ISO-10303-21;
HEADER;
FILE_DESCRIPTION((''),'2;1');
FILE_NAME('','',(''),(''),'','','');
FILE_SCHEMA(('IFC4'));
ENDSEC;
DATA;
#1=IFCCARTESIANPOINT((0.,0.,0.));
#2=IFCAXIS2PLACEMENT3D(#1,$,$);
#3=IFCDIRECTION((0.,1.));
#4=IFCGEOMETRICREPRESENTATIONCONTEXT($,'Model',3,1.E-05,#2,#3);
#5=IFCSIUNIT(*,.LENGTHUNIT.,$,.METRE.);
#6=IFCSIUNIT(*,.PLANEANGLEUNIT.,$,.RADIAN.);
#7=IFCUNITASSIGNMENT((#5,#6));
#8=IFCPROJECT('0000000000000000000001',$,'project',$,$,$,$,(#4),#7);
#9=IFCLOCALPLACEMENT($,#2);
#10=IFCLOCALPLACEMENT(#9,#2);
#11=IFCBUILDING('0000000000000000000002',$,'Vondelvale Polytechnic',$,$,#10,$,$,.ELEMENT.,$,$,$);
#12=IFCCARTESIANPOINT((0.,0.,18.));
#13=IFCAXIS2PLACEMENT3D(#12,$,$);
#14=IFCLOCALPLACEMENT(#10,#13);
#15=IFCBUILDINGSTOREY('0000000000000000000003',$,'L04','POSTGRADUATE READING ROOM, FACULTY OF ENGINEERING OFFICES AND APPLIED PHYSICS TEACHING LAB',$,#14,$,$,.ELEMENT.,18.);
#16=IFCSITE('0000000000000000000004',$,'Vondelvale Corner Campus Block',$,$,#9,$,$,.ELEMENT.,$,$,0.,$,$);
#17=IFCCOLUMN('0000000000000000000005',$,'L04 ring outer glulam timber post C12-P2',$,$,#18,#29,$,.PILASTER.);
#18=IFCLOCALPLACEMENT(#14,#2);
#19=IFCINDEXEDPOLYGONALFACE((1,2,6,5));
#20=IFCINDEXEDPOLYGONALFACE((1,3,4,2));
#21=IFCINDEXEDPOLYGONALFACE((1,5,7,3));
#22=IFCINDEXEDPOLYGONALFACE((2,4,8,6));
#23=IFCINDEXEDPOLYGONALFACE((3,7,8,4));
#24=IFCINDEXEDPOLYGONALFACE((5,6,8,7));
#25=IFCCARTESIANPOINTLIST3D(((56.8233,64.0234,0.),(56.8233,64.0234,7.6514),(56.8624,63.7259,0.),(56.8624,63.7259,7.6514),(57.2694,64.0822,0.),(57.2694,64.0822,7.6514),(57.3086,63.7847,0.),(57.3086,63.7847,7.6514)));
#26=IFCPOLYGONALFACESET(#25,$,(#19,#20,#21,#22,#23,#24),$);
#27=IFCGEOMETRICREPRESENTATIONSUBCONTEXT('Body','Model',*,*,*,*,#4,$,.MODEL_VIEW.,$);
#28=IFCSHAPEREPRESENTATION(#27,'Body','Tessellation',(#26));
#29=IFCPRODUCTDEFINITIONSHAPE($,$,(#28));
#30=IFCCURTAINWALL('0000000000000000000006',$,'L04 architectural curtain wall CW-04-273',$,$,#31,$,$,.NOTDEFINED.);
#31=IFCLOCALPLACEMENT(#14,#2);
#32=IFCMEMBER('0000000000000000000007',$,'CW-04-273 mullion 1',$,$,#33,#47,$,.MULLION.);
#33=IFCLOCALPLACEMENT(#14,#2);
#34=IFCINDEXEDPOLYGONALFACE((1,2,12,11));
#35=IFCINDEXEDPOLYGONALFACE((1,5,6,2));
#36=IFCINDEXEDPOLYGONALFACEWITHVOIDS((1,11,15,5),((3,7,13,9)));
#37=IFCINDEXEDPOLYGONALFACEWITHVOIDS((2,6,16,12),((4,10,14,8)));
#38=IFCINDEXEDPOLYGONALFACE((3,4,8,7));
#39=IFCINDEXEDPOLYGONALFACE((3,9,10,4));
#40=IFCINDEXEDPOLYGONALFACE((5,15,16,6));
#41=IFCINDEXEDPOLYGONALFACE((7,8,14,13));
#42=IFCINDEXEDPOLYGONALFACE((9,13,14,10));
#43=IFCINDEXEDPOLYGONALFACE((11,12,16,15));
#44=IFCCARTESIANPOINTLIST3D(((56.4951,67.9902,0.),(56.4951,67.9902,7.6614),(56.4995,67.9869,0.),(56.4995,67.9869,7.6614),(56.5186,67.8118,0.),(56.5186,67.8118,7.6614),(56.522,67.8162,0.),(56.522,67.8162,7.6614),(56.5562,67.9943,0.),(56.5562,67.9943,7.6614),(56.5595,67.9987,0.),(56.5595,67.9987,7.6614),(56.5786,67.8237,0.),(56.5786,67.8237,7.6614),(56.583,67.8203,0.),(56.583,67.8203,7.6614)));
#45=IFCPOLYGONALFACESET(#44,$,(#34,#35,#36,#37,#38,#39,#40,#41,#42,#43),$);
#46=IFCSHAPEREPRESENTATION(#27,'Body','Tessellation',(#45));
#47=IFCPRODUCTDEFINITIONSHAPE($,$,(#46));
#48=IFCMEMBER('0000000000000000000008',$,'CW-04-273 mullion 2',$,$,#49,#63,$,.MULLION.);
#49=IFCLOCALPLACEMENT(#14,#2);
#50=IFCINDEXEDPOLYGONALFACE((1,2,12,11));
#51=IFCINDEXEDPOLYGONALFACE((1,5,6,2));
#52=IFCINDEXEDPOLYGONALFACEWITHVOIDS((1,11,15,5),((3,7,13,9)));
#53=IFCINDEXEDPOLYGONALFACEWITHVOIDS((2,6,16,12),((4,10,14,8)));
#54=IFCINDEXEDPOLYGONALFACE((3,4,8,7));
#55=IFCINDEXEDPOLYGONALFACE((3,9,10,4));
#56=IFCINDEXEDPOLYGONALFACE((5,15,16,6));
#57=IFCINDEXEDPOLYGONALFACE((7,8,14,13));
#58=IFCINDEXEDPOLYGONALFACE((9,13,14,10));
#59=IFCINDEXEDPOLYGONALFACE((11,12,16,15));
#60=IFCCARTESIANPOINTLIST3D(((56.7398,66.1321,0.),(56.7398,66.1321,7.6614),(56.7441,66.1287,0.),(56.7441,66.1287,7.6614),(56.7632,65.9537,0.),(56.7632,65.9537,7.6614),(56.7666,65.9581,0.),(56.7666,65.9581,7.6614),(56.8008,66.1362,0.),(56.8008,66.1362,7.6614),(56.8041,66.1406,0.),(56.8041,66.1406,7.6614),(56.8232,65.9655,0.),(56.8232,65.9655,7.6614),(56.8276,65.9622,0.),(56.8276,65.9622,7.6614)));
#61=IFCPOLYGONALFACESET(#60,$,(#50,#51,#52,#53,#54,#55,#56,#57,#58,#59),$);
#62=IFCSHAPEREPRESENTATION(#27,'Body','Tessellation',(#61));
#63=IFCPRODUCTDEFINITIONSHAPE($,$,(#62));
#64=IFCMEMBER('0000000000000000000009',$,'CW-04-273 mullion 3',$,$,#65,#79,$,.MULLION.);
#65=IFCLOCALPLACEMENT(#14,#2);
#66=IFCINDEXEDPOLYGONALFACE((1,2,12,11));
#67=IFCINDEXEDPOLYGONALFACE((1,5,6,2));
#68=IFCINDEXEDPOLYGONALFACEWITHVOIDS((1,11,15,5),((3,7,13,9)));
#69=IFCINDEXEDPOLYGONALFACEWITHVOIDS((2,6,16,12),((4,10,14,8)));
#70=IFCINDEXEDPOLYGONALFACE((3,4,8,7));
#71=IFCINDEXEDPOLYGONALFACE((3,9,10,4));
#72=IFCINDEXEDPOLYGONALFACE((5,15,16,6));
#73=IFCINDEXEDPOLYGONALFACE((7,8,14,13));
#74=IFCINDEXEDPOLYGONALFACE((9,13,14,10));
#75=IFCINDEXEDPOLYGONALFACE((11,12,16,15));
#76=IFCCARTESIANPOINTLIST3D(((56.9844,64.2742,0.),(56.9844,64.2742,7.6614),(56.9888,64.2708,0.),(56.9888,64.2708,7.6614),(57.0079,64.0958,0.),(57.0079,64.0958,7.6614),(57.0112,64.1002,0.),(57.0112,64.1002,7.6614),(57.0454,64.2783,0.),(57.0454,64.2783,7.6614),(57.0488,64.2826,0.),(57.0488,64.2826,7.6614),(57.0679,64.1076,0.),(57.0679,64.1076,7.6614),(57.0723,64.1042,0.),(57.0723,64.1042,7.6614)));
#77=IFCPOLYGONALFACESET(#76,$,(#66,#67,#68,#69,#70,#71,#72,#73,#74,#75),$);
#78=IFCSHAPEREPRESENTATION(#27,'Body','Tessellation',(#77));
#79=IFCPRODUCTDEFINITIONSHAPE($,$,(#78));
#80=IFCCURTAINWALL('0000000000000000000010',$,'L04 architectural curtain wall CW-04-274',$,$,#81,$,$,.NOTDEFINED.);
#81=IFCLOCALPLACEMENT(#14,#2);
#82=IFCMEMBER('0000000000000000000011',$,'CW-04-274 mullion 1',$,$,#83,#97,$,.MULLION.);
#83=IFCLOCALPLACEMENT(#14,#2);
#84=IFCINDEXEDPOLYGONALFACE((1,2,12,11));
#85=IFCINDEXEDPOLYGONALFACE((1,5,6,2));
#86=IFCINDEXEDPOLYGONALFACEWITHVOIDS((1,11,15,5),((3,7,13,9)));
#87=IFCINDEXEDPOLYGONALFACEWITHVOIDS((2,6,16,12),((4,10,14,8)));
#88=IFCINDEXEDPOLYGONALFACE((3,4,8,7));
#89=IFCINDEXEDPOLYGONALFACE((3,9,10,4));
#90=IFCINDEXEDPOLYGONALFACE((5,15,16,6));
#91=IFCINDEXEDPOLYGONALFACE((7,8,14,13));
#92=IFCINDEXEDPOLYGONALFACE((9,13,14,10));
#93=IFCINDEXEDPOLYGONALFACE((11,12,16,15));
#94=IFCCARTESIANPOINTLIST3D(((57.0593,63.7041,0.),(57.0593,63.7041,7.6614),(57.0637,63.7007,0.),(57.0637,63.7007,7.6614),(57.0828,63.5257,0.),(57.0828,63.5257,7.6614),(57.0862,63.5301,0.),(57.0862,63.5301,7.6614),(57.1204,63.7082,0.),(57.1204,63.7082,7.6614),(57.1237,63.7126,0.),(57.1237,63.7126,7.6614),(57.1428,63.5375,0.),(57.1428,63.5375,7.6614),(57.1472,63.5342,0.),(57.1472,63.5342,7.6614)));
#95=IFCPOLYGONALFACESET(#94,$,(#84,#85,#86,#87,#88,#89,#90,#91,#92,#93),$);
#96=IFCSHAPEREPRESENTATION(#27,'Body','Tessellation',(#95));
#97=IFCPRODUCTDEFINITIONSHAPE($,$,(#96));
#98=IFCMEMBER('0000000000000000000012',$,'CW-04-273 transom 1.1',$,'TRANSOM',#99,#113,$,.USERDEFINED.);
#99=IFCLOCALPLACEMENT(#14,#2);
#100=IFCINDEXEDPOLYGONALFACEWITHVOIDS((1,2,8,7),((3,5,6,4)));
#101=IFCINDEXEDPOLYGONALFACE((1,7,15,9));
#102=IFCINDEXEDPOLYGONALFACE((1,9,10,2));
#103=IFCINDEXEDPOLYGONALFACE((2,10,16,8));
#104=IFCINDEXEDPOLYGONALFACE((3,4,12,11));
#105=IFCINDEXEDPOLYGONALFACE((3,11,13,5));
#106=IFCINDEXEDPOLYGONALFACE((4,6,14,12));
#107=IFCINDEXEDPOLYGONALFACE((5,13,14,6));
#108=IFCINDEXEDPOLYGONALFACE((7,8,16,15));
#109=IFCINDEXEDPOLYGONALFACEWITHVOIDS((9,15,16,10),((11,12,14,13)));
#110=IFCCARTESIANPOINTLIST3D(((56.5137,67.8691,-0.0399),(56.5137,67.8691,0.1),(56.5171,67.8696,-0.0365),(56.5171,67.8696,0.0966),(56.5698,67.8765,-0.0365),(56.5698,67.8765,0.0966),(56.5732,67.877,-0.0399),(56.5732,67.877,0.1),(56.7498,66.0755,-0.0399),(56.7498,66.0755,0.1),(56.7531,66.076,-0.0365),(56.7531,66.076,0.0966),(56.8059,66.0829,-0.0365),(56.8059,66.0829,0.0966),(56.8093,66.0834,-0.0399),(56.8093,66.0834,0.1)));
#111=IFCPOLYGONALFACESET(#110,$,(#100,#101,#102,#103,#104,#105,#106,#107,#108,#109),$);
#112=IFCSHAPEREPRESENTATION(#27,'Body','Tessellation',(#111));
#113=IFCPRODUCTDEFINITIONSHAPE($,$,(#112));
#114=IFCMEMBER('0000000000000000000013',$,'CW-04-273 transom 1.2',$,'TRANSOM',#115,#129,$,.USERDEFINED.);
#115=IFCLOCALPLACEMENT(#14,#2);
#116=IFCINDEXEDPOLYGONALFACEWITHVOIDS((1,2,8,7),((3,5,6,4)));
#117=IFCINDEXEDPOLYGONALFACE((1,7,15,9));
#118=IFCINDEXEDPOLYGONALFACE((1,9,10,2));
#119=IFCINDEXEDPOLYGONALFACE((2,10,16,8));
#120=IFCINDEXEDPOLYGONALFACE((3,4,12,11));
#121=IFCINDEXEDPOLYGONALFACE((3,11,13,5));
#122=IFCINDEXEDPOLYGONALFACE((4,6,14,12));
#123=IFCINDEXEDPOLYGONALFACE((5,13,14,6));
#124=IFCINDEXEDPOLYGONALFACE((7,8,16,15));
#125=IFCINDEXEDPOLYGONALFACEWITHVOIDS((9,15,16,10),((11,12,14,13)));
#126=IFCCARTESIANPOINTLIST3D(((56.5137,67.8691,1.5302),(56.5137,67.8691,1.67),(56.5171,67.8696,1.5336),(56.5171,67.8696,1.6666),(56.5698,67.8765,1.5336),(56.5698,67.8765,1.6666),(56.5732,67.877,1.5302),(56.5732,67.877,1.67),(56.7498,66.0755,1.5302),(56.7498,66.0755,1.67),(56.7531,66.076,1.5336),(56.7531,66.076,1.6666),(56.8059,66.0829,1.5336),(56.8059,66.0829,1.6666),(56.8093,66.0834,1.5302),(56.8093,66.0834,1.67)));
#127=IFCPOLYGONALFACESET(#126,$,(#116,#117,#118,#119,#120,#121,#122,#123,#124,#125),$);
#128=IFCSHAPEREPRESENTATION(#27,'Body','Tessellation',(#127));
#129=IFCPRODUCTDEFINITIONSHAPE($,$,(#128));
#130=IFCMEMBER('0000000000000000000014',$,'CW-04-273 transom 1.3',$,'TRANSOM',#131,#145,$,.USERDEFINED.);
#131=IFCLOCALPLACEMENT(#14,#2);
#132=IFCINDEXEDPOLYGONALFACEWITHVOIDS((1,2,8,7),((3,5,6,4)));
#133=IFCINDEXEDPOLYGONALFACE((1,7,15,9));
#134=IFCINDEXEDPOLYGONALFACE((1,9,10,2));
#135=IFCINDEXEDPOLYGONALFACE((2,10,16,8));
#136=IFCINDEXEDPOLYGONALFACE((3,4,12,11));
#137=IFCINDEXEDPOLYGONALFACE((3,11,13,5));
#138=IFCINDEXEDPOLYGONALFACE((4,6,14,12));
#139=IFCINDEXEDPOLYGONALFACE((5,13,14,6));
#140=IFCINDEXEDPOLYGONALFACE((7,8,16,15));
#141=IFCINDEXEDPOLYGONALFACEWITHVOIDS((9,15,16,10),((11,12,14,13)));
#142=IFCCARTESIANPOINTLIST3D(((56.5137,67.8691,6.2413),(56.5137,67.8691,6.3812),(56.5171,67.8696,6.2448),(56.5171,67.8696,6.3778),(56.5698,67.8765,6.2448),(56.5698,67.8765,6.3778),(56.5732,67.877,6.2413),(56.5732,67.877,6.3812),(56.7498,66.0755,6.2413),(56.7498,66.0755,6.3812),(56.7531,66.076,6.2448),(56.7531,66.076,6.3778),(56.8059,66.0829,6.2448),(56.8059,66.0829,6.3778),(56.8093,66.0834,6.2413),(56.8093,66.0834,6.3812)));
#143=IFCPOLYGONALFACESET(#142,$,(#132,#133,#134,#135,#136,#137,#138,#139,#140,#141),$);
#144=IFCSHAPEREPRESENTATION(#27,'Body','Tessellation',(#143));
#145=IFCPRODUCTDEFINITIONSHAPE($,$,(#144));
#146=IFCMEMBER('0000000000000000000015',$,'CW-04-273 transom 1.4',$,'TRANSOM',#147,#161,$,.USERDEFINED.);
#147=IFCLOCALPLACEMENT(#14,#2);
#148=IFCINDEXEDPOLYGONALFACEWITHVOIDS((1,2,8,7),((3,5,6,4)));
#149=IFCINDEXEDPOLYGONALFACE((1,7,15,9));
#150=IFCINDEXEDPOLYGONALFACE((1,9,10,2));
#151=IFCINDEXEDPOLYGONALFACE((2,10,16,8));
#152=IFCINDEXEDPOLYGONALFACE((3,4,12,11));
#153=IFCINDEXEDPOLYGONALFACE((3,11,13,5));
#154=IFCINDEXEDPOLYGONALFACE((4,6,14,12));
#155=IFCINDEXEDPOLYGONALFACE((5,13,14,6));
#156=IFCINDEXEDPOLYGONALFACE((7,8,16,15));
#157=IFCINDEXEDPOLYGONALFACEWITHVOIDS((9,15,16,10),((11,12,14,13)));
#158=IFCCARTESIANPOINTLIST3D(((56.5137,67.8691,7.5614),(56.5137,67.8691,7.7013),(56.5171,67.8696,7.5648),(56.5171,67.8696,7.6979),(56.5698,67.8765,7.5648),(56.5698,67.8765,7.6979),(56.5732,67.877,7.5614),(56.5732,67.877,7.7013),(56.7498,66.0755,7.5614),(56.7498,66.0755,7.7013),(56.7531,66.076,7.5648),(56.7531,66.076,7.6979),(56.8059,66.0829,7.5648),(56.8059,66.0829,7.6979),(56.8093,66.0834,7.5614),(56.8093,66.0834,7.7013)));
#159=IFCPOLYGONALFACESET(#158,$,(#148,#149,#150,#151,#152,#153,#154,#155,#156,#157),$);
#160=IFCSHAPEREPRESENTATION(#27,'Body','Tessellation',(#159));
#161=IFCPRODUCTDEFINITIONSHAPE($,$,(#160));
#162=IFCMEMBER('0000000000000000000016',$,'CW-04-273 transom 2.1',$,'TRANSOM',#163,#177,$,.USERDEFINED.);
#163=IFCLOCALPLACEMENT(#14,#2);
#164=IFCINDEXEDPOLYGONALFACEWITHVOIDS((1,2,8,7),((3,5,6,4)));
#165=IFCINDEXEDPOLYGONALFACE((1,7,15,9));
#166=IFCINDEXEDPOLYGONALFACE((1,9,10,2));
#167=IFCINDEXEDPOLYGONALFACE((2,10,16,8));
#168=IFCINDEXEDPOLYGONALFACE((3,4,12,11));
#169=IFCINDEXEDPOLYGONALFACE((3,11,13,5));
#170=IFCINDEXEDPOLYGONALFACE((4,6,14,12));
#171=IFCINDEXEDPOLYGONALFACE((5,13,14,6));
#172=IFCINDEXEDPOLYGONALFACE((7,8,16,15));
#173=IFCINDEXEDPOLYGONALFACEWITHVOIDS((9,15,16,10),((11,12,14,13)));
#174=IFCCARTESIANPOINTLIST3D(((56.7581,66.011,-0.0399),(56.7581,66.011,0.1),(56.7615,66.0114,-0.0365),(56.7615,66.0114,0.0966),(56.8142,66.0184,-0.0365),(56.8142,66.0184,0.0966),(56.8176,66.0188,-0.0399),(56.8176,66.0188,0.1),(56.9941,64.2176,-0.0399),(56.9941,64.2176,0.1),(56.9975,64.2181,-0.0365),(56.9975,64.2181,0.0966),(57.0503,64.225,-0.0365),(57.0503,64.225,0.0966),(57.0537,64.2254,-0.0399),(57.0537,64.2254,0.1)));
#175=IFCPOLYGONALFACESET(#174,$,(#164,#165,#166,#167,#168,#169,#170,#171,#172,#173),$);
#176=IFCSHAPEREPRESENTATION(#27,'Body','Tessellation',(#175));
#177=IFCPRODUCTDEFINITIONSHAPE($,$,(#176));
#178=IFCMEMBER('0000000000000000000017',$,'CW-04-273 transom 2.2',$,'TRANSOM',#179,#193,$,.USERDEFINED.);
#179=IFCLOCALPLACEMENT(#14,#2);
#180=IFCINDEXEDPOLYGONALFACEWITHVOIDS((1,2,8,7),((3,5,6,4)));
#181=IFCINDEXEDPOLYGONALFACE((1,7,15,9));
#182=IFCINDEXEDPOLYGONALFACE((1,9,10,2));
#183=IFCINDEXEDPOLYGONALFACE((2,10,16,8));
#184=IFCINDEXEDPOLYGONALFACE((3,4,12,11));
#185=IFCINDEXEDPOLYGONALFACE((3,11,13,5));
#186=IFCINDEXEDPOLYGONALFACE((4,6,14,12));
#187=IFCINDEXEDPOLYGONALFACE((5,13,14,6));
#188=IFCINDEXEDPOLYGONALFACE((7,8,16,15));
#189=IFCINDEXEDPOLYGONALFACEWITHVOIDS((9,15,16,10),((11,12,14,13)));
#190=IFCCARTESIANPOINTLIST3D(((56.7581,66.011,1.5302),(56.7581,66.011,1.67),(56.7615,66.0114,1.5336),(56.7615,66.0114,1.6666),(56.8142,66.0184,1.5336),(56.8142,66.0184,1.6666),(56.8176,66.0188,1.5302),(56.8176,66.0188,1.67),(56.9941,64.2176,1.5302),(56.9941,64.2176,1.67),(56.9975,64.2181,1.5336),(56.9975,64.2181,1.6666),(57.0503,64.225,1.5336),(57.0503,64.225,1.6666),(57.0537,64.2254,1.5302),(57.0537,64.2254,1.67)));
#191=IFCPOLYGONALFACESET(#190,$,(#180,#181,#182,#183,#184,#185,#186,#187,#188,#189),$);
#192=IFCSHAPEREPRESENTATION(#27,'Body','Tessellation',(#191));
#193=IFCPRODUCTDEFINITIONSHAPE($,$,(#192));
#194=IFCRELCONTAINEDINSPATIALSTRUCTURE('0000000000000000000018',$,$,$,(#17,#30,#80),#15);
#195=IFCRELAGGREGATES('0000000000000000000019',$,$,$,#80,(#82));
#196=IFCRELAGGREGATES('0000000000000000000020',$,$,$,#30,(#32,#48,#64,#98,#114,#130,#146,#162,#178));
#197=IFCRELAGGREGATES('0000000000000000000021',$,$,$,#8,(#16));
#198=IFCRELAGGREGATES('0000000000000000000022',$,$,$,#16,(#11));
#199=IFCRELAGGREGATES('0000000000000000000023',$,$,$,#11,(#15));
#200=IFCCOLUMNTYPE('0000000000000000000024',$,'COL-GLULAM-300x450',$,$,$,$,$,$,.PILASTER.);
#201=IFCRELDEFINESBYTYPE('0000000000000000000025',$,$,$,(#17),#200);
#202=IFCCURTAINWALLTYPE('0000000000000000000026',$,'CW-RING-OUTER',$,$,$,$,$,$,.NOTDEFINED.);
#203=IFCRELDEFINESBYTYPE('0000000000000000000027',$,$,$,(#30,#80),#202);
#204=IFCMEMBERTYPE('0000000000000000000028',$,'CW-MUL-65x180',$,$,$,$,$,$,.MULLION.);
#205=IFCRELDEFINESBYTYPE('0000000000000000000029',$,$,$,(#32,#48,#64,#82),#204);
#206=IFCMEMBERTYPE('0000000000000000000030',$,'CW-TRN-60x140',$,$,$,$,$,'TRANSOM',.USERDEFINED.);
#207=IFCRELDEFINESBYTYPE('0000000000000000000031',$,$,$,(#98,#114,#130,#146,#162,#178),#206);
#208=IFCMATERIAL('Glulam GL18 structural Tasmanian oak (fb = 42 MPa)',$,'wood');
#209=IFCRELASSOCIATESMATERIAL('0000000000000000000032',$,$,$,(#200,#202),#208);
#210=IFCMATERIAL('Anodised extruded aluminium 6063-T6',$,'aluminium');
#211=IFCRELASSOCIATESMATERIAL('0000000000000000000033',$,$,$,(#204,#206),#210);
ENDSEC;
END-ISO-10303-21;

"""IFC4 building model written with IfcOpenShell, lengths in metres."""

from ifc_helpers import new_model, si_unit, direction, frame, origin, origin_2d, place, context, subcontext, project, spatial, rectangle, hollow_rectangle, extrude, material, material_profile, profile_set, type_object, element, aggregate, save


model = new_model("IFC4")

# Units and contexts
model_context = context("Model", 3, precision=1e-05, world=origin(), true_north=direction((0.0, 1.0)))
body_context = subcontext(model_context, "Body", "Model", "MODEL_VIEW")
ifc_project = project(units=[si_unit("LENGTHUNIT", "METRE"), si_unit("PLANEANGLEUNIT", "RADIAN")], contexts=[model_context])

# Site, building, storey
site_placement = place(None, origin())
site = spatial("IfcSite", under=ifc_project, at=site_placement, Name="Vondelvale Corner Campus Block", CompositionType="ELEMENT", RefElevation=0.0)
building_placement = place(site_placement, origin())
building = spatial("IfcBuilding", under=site, at=building_placement, Name="Vondelvale Polytechnic", CompositionType="ELEMENT")
storey_placement = place(building_placement, frame((0.0, 0.0, 18.0)))
storey = spatial("IfcBuildingStorey", under=building, at=storey_placement, Name="L04", Description="POSTGRADUATE READING ROOM, FACULTY OF ENGINEERING OFFICES AND APPLIED PHYSICS TEACHING LAB", CompositionType="ELEMENT", Elevation=18.0)

# Column
ifc_material_1 = material(Name="Glulam GL18 structural Tasmanian oak (fb = 42 MPa)", Category="wood")
ifc_material_profile_1 = material_profile(ifc_material_1, rectangle(XDim=0.3, YDim=0.45, at=origin_2d()), Name="GL-POST-300x450")
ifc_profile_set_1 = profile_set([ifc_material_profile_1], Name="Glulam GL18 structural Tasmanian oak (fb = 42 MPa)")
column_type = type_object("IfcColumnType", Name="COL-GLULAM-300x450", PredefinedType="PILASTER", material=ifc_profile_set_1)
column_placement = place(storey_placement, frame((57.0659, 63.9041, 0.0), z_axis=(0.0, 0.0, 1.0), x_axis=(-0.130526, 0.991445, 0.0)))
element("IfcColumn", 1, at=column_placement, inside=storey, type_object=column_type, Name="L04 ring outer glulam timber post C12-P2", PredefinedType="PILASTER", context=body_context, shape_type="SweptSolid", body=[
    extrude(rectangle(XDim=0.3, YDim=0.45, at=origin_2d()), origin(), (0.0, 0.0, 1.0), 7.6514),
])

# Curtain wall, members
curtain_wall_type = type_object("IfcCurtainWallType", Name="CW-RING-OUTER", PredefinedType="NOTDEFINED", material=ifc_material_1)
curtain_wall_1_placement = place(storey_placement, origin())
curtain_wall_1 = element("IfcCurtainWall", 2, at=curtain_wall_1_placement, inside=storey, type_object=curtain_wall_type, Name="L04 architectural curtain wall CW-04-273", PredefinedType="NOTDEFINED")
ifc_material_2 = material(Name="Anodised extruded aluminium 6063-T6", Category="aluminium")
ifc_material_profile_2 = material_profile(ifc_material_2, hollow_rectangle(XDim=0.0649, YDim=0.1799, WallThickness=0.0039, at=origin_2d()), Name="CW-MUL-180x65")
ifc_profile_set_2 = profile_set([ifc_material_profile_2], Name="Anodised extruded aluminium 6063-T6")
member_type_1 = type_object("IfcMemberType", Name="CW-MUL-65x180", PredefinedType="MULLION", material=ifc_profile_set_2)
member_1_placement = place(storey_placement, frame((56.5391, 67.9053, 0.0), z_axis=(0.0, 0.0, 1.0), x_axis=(0.991449, 0.130497, 0.0)))
member_1 = element("IfcMember", 3, at=member_1_placement, type_object=member_type_1, Name="CW-04-273 mullion 1", PredefinedType="MULLION", context=body_context, shape_type="SweptSolid", body=[
    extrude(hollow_rectangle(XDim=0.0649, YDim=0.1799, WallThickness=0.0039, at=origin_2d()), origin(), (0.0, 0.0, 1.0), 7.6614),
])
member_2_placement = place(storey_placement, frame((56.7837, 66.0471, 0.0), z_axis=(0.0, 0.0, 1.0), x_axis=(0.991449, 0.130497, 0.0)))
member_2 = element("IfcMember", 4, at=member_2_placement, type_object=member_type_1, Name="CW-04-273 mullion 2", PredefinedType="MULLION", context=body_context, shape_type="SweptSolid", body=[
    extrude(hollow_rectangle(XDim=0.0649, YDim=0.1799, WallThickness=0.0039, at=origin_2d()), origin(), (0.0, 0.0, 1.0), 7.6614),
])
member_3_placement = place(storey_placement, frame((57.0283, 64.1892, 0.0), z_axis=(0.0, 0.0, 1.0), x_axis=(0.991449, 0.130497, 0.0)))
member_3 = element("IfcMember", 5, at=member_3_placement, type_object=member_type_1, Name="CW-04-273 mullion 3", PredefinedType="MULLION", context=body_context, shape_type="SweptSolid", body=[
    extrude(hollow_rectangle(XDim=0.0649, YDim=0.1799, WallThickness=0.0039, at=origin_2d()), origin(), (0.0, 0.0, 1.0), 7.6614),
])

# Curtain wall, member
curtain_wall_2_placement = place(storey_placement, origin())
curtain_wall_2 = element("IfcCurtainWall", 6, at=curtain_wall_2_placement, inside=storey, type_object=curtain_wall_type, Name="L04 architectural curtain wall CW-04-274", PredefinedType="NOTDEFINED")
member_4_placement = place(storey_placement, frame((57.1033, 63.6191, 0.0), z_axis=(0.0, 0.0, 1.0), x_axis=(0.991443, 0.13054, 0.0)))
member_4 = element("IfcMember", 7, at=member_4_placement, type_object=member_type_1, Name="CW-04-274 mullion 1", PredefinedType="MULLION", context=body_context, shape_type="SweptSolid", body=[
    extrude(hollow_rectangle(XDim=0.0649, YDim=0.1799, WallThickness=0.0039, at=origin_2d()), origin(), (0.0, 0.0, 1.0), 7.6614),
])

# Members
ifc_material_profile_3 = material_profile(ifc_material_2, hollow_rectangle(XDim=0.0601, YDim=0.1399, WallThickness=0.0034, at=origin_2d()), Name="CW-TRN-140x60")
ifc_profile_set_3 = profile_set([ifc_material_profile_3], Name="Anodised extruded aluminium 6063-T6")
member_type_2 = type_object("IfcMemberType", Name="CW-TRN-60x140", ElementType="TRANSOM", PredefinedType="USERDEFINED", material=ifc_profile_set_3)
member_5_placement = place(storey_placement, frame((56.5435, 67.873, 0.03), z_axis=(0.130493, -0.991449, 0.0), x_axis=(0.991449, 0.130493, 0.0)))
member_5 = element("IfcMember", 8, at=member_5_placement, type_object=member_type_2, Name="CW-04-273 transom 1.1", ObjectType="TRANSOM", PredefinedType="USERDEFINED", context=body_context, shape_type="SweptSolid", body=[
    extrude(hollow_rectangle(XDim=0.0601, YDim=0.1399, WallThickness=0.0034, at=origin_2d()), origin(), (0.0, 0.0, 1.0), 1.8091),
])
member_6_placement = place(storey_placement, frame((56.5435, 67.873, 1.6001), z_axis=(0.130493, -0.991449, 0.0), x_axis=(0.991449, 0.130493, 0.0)))
member_6 = element("IfcMember", 9, at=member_6_placement, type_object=member_type_2, Name="CW-04-273 transom 1.2", ObjectType="TRANSOM", PredefinedType="USERDEFINED", context=body_context, shape_type="SweptSolid", body=[
    extrude(hollow_rectangle(XDim=0.0601, YDim=0.1399, WallThickness=0.0034, at=origin_2d()), origin(), (0.0, 0.0, 1.0), 1.8091),
])
member_7_placement = place(storey_placement, frame((56.5435, 67.873, 6.3113), z_axis=(0.130493, -0.991449, 0.0), x_axis=(0.991449, 0.130493, 0.0)))
member_7 = element("IfcMember", 10, at=member_7_placement, type_object=member_type_2, Name="CW-04-273 transom 1.3", ObjectType="TRANSOM", PredefinedType="USERDEFINED", context=body_context, shape_type="SweptSolid", body=[
    extrude(hollow_rectangle(XDim=0.0601, YDim=0.1399, WallThickness=0.0034, at=origin_2d()), origin(), (0.0, 0.0, 1.0), 1.8091),
])
member_8_placement = place(storey_placement, frame((56.5435, 67.873, 7.6313), z_axis=(0.130493, -0.991449, 0.0), x_axis=(0.991449, 0.130493, 0.0)))
member_8 = element("IfcMember", 11, at=member_8_placement, type_object=member_type_2, Name="CW-04-273 transom 1.4", ObjectType="TRANSOM", PredefinedType="USERDEFINED", context=body_context, shape_type="SweptSolid", body=[
    extrude(hollow_rectangle(XDim=0.0601, YDim=0.1399, WallThickness=0.0034, at=origin_2d()), origin(), (0.0, 0.0, 1.0), 1.8091),
])
member_9_placement = place(storey_placement, frame((56.7878, 66.0149, 0.03), z_axis=(0.13051, -0.991447, 0.0), x_axis=(0.991447, 0.13051, 0.0)))
member_9 = element("IfcMember", 12, at=member_9_placement, type_object=member_type_2, Name="CW-04-273 transom 2.1", ObjectType="TRANSOM", PredefinedType="USERDEFINED", context=body_context, shape_type="SweptSolid", body=[
    extrude(hollow_rectangle(XDim=0.0601, YDim=0.1399, WallThickness=0.0034, at=origin_2d()), origin(), (0.0, 0.0, 1.0), 1.8088),
])
member_10_placement = place(storey_placement, frame((56.7878, 66.0149, 1.6001), z_axis=(0.13051, -0.991447, 0.0), x_axis=(0.991447, 0.13051, 0.0)))
member_10 = element("IfcMember", 13, at=member_10_placement, type_object=member_type_2, Name="CW-04-273 transom 2.2", ObjectType="TRANSOM", PredefinedType="USERDEFINED", context=body_context, shape_type="SweptSolid", body=[
    extrude(hollow_rectangle(XDim=0.0601, YDim=0.1399, WallThickness=0.0034, at=origin_2d()), origin(), (0.0, 0.0, 1.0), 1.8088),
])

aggregate(curtain_wall_2, [member_4])
aggregate(curtain_wall_1, [member_1, member_2, member_3, member_5, member_6, member_7, member_8, member_9, member_10])

save(model, "model.ifc")
